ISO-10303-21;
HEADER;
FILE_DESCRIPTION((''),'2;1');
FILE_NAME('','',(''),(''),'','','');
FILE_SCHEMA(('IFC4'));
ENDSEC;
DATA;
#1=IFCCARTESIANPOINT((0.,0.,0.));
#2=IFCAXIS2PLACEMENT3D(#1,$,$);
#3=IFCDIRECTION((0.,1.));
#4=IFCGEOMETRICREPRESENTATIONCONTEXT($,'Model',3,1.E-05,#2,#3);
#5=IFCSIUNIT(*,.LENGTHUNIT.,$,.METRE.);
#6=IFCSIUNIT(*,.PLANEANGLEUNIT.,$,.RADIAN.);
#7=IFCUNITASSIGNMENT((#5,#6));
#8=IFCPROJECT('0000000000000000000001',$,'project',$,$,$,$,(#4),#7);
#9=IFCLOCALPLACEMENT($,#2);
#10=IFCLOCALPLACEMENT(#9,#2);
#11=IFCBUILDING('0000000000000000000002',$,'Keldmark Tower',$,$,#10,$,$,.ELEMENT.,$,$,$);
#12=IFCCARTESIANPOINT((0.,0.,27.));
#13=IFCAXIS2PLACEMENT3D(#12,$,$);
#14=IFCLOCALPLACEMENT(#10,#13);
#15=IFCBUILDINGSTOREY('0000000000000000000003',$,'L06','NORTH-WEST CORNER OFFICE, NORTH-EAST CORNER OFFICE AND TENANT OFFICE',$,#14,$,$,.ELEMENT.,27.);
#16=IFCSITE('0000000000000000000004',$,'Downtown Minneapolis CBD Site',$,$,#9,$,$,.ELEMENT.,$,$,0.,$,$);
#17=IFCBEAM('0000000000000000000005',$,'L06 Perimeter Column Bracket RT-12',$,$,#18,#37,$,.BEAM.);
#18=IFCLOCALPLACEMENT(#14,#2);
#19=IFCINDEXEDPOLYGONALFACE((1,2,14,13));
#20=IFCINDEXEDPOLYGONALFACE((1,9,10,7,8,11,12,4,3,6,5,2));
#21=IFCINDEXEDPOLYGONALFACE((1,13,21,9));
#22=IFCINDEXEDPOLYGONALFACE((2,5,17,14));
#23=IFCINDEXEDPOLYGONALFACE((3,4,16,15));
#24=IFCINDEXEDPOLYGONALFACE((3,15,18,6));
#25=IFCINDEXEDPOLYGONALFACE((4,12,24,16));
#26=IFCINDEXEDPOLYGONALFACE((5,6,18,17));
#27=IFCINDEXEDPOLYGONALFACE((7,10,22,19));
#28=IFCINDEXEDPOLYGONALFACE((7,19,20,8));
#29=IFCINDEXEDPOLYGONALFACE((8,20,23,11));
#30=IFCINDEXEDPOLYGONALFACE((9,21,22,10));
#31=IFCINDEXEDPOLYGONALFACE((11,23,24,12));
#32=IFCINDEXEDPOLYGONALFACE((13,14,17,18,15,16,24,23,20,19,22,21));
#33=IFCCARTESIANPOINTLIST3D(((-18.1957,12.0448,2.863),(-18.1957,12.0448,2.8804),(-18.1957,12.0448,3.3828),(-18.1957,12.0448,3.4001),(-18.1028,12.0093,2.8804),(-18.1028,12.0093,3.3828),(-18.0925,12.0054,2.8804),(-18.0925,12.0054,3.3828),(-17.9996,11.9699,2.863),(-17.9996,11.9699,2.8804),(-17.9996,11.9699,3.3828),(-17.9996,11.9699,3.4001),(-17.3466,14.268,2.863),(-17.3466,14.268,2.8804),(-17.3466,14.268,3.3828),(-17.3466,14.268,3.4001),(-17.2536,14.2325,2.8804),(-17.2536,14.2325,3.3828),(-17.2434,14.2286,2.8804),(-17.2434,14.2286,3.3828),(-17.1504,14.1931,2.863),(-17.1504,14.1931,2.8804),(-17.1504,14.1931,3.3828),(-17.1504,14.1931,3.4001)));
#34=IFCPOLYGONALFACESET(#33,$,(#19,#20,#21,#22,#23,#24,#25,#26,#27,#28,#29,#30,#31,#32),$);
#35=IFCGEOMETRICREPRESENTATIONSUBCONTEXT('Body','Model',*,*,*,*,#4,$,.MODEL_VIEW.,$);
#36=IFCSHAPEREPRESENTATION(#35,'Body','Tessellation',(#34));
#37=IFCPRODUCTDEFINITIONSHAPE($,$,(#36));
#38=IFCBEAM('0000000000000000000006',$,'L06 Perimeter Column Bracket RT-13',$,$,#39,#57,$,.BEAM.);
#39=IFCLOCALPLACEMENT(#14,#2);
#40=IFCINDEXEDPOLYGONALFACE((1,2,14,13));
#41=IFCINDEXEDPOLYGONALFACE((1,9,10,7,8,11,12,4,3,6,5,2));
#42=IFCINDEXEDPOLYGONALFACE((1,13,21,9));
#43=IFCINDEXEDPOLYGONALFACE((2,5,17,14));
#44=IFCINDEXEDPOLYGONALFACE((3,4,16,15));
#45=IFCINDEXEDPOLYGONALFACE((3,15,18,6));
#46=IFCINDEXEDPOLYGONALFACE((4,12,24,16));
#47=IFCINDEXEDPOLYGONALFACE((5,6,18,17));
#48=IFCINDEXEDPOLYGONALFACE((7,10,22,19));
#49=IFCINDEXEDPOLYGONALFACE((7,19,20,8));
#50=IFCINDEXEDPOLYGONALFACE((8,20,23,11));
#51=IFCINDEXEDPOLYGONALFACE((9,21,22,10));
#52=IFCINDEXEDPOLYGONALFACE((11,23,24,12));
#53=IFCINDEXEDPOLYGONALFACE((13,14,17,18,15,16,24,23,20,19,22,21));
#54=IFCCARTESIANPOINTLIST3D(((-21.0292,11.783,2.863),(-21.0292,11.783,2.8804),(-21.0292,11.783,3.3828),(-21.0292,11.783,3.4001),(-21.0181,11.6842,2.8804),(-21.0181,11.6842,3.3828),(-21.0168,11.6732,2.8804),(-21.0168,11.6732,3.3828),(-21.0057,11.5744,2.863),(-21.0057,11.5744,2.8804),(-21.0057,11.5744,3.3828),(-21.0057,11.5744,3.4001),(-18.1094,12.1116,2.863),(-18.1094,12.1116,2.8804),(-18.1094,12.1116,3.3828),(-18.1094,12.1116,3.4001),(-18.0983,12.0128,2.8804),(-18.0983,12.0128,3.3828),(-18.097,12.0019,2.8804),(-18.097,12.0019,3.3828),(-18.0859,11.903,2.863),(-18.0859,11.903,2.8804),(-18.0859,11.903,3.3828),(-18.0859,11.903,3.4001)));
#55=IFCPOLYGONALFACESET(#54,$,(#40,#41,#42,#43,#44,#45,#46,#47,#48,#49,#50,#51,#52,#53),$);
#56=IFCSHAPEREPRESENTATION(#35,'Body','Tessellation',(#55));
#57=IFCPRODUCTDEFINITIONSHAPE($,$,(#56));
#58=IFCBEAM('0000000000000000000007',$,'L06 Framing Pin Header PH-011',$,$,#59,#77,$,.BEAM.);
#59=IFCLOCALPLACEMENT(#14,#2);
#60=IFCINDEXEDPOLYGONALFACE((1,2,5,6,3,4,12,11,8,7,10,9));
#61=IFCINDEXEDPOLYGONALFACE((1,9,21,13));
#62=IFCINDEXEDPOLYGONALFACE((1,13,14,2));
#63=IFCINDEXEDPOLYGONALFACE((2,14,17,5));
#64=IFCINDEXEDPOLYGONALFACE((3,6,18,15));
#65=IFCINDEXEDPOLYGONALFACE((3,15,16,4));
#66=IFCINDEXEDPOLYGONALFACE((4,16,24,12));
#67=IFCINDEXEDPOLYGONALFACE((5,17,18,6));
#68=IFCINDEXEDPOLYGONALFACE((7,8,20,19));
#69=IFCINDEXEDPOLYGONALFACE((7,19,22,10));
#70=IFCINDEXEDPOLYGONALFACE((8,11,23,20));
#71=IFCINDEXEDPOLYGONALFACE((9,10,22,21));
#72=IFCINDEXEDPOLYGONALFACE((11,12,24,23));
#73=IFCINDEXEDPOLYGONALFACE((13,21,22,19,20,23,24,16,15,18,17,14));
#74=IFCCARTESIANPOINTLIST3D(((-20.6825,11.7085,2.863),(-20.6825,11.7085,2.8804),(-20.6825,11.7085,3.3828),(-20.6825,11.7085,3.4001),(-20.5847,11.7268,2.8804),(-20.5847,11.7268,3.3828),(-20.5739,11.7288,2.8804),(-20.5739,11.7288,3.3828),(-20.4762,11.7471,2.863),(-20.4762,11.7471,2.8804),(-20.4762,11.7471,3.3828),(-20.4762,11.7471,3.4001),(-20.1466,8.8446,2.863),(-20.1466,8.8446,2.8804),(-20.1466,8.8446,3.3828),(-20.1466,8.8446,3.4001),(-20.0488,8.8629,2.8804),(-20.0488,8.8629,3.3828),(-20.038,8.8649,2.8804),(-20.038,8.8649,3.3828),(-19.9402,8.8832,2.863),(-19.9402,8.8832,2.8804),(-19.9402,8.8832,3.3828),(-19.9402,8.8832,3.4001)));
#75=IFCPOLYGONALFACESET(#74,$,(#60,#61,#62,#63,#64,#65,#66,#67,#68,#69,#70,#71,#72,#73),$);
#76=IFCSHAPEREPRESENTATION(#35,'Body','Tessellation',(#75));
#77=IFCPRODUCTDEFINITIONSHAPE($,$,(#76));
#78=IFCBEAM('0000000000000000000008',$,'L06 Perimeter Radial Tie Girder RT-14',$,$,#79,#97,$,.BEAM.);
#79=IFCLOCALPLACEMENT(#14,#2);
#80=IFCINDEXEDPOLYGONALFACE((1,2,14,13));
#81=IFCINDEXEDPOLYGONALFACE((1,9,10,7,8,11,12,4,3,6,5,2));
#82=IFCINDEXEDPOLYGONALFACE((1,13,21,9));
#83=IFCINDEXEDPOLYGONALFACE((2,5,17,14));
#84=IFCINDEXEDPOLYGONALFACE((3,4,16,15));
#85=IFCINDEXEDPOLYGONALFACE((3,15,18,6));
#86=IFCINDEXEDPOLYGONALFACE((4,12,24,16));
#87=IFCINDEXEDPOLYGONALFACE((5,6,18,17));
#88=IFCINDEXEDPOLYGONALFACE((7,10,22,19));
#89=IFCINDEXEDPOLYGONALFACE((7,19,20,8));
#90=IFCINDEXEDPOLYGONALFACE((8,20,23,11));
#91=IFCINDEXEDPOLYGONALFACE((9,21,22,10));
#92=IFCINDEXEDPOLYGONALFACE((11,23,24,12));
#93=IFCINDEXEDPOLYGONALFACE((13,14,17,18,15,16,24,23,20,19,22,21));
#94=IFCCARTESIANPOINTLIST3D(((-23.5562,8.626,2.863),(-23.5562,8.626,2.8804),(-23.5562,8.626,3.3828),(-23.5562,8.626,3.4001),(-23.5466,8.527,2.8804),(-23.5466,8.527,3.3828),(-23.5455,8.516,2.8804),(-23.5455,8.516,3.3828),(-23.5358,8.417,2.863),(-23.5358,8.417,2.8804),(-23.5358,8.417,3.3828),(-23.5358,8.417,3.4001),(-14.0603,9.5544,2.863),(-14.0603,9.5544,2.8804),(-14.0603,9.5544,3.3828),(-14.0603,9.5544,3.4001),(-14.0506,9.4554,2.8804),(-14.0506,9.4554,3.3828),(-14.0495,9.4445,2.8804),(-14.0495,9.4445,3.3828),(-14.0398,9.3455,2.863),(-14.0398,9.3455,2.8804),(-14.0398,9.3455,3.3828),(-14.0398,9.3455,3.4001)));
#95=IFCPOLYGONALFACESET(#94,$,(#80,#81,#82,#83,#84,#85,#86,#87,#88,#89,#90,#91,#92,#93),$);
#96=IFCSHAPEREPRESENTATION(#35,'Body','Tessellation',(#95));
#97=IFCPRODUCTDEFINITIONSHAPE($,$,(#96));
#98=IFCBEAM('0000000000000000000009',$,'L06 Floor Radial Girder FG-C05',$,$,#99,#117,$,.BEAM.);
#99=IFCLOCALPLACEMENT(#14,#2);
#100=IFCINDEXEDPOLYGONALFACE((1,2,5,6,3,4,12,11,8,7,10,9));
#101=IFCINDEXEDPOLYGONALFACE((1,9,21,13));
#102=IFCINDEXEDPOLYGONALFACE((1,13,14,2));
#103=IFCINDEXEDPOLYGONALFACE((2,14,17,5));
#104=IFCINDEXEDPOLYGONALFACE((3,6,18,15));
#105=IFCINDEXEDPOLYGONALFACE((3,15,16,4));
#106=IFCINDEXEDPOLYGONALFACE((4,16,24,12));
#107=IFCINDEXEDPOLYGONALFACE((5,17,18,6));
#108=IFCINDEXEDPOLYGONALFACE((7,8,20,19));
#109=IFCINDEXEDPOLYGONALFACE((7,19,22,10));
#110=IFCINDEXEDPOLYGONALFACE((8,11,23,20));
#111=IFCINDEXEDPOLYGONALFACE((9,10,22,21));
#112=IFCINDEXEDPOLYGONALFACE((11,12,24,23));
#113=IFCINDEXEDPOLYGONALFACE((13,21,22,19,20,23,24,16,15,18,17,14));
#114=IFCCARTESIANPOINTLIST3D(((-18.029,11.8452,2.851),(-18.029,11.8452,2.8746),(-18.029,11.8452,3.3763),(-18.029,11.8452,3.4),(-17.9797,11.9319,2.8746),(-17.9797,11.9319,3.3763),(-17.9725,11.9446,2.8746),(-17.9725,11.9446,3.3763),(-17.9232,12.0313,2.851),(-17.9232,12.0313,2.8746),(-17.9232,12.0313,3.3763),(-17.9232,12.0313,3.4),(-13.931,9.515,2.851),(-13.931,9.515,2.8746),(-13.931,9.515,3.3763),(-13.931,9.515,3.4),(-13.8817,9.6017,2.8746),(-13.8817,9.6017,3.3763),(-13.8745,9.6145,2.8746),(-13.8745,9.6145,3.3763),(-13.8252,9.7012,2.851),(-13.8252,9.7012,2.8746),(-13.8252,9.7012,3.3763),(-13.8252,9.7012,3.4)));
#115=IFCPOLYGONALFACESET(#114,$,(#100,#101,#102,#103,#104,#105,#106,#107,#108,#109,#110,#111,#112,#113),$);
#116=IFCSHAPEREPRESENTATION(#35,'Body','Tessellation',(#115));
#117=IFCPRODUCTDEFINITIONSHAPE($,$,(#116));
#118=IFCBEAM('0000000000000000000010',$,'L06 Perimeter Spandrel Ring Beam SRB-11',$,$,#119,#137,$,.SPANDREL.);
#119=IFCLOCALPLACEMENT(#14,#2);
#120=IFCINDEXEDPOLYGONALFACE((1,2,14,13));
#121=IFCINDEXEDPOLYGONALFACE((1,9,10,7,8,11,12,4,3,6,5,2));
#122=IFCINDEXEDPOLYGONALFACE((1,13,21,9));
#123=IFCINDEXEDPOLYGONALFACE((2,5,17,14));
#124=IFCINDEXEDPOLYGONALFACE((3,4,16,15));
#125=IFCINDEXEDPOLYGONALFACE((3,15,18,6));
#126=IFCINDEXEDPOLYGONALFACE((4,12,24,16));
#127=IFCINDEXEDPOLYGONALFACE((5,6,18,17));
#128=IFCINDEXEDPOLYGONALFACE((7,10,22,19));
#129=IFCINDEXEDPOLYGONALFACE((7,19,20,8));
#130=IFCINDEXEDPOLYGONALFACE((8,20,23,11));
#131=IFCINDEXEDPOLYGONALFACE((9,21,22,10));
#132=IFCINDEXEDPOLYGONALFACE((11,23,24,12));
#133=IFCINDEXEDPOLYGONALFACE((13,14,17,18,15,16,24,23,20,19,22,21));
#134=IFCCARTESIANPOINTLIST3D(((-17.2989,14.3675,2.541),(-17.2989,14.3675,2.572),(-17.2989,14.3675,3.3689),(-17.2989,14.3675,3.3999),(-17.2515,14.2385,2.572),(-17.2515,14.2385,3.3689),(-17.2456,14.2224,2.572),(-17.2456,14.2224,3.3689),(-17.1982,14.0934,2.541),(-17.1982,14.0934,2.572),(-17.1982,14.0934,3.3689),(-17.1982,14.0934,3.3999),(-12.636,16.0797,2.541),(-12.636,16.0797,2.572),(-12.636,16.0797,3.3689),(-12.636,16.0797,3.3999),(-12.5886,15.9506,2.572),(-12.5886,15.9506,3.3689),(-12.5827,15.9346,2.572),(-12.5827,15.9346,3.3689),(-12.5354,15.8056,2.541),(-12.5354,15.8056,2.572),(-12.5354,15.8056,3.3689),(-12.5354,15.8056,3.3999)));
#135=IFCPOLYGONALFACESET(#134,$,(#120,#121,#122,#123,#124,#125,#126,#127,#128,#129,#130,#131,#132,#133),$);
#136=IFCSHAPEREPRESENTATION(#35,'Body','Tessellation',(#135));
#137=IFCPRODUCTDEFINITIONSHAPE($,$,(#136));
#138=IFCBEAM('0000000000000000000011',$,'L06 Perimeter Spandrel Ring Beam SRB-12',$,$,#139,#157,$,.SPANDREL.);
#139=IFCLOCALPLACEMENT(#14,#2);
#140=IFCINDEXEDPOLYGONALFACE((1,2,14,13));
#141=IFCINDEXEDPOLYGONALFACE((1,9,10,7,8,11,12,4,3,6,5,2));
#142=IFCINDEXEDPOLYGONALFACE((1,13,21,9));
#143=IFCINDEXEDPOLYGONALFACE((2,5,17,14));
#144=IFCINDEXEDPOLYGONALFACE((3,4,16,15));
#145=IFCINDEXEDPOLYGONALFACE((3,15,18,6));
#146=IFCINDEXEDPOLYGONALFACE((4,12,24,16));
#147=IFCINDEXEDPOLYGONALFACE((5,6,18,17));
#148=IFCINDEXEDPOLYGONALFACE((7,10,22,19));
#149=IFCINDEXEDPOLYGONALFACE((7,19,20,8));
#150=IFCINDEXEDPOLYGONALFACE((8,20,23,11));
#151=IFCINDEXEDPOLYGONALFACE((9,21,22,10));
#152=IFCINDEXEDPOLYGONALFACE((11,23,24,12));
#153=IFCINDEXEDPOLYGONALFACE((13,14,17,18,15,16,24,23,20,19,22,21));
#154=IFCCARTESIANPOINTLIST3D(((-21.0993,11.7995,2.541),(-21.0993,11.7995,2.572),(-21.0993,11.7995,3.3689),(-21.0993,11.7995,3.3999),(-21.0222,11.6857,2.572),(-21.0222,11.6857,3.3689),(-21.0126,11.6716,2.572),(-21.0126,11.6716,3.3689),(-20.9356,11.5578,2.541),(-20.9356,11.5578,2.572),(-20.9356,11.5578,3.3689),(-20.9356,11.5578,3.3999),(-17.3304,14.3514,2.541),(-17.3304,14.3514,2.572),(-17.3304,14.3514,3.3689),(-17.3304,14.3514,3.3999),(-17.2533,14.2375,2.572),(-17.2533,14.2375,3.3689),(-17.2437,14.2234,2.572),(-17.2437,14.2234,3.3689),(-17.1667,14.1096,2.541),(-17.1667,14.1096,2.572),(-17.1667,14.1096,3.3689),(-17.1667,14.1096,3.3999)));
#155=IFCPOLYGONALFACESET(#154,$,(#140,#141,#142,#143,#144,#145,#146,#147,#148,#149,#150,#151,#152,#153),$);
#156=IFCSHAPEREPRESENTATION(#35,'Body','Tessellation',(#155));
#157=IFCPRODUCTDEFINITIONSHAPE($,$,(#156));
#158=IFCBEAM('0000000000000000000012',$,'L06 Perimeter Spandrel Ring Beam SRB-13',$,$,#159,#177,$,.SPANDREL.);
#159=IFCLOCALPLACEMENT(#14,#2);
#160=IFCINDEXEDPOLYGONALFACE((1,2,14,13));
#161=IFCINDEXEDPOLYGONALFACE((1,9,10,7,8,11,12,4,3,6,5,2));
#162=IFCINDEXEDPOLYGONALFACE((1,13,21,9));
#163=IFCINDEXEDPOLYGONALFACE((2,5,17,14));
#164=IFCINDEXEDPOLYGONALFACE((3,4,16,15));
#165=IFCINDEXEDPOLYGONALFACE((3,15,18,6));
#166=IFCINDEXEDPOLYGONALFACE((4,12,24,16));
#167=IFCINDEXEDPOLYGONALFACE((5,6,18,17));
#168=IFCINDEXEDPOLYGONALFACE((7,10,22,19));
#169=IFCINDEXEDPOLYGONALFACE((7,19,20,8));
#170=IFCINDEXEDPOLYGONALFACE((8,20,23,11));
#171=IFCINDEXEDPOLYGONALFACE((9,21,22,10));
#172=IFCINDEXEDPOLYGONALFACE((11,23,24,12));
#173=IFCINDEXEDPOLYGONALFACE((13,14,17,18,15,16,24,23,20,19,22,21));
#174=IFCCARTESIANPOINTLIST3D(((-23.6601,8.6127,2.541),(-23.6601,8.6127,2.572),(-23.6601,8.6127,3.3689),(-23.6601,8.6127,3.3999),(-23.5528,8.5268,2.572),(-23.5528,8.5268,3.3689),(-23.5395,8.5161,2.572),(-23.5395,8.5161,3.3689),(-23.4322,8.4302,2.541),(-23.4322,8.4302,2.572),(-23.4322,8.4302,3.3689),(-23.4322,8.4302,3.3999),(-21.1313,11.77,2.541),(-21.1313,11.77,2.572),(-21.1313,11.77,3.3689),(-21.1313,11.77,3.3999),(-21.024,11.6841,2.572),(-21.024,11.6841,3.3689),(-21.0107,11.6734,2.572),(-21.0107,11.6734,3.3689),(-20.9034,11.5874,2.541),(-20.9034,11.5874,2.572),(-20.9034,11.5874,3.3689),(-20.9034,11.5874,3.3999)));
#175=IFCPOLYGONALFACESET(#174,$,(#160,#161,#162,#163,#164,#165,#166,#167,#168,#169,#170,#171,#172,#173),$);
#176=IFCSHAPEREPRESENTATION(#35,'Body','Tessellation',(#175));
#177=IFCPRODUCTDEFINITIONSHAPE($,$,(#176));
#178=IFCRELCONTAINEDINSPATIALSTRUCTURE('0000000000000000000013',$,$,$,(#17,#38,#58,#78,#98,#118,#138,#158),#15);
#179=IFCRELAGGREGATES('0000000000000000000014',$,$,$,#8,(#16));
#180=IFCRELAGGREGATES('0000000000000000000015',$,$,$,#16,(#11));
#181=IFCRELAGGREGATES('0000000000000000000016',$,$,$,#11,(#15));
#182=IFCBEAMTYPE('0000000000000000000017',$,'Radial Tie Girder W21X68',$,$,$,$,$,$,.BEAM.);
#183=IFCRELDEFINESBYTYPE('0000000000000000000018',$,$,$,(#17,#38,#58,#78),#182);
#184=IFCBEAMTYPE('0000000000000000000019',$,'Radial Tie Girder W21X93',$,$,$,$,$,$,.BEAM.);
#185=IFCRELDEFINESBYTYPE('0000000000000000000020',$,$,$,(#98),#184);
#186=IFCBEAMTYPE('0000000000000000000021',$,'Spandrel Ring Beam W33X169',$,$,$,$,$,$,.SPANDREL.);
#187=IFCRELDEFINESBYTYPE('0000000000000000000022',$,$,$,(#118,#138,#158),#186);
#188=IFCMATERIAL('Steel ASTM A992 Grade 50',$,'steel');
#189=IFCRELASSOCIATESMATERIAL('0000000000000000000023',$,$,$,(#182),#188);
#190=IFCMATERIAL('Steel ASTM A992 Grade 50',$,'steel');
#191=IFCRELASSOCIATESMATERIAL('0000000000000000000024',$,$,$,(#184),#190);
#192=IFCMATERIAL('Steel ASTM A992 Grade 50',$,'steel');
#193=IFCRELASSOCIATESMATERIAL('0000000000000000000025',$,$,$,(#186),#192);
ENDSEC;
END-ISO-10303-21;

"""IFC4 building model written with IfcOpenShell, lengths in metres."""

from ifc_helpers import new_model, si_unit, direction, frame, origin, origin_2d, place, context, subcontext, project, spatial, i_section, extrude, material, material_profile, profile_set, type_object, element, save


model = new_model("IFC4")

# Units and contexts
model_context = context("Model", 3, precision=1e-05, world=origin(), true_north=direction((0.0, 1.0)))
body_context = subcontext(model_context, "Body", "Model", "MODEL_VIEW")
ifc_project = project(units=[si_unit("LENGTHUNIT", "METRE"), si_unit("PLANEANGLEUNIT", "RADIAN")], contexts=[model_context])

# Site, building, storey
site_placement = place(None, origin())
site = spatial("IfcSite", under=ifc_project, at=site_placement, Name="Downtown Minneapolis CBD Site", CompositionType="ELEMENT", RefElevation=0.0)
building_placement = place(site_placement, origin())
building = spatial("IfcBuilding", under=site, at=building_placement, Name="Keldmark Tower", CompositionType="ELEMENT")
storey_placement = place(building_placement, frame((0.0, 0.0, 27.0)))
storey = spatial("IfcBuildingStorey", under=building, at=storey_placement, Name="L06", Description="NORTH-WEST CORNER OFFICE, NORTH-EAST CORNER OFFICE AND TENANT OFFICE", CompositionType="ELEMENT", Elevation=27.0)

# Beams
ifc_material_1 = material(Name="Steel ASTM A992 Grade 50", Category="steel")
ifc_material_profile_1 = material_profile(ifc_material_1, i_section(OverallWidth=0.21, OverallDepth=0.5371, WebThickness=0.011, FlangeThickness=0.0173, at=origin_2d()), Name="W21X68")
ifc_profile_set_1 = profile_set([ifc_material_profile_1], Name="Steel ASTM A992 Grade 50")
beam_type_1 = type_object("IfcBeamType", Name="Radial Tie Girder W21X68", PredefinedType="BEAM", material=ifc_profile_set_1)
beam_1_placement = place(storey_placement, frame((-18.0977, 12.0073, 3.1316), z_axis=(0.356806, 0.934179, 0.0), x_axis=(-0.934179, 0.356806, 0.0)))
element("IfcBeam", 1, at=beam_1_placement, inside=storey, type_object=beam_type_1, Name="L06 Perimeter Column Bracket RT-12", PredefinedType="BEAM", context=body_context, shape_type="SweptSolid", body=[
    extrude(i_section(OverallWidth=0.21, OverallDepth=0.5371, WebThickness=0.011, FlangeThickness=0.0173, at=origin_2d()), origin(), (0.0, 0.0, 1.0), 2.3799),
])
beam_2_placement = place(storey_placement, frame((-18.0977, 12.0073, 3.1316), z_axis=(-0.993726, -0.111845, 0.0), x_axis=(0.111845, -0.993726, 0.0)))
element("IfcBeam", 2, at=beam_2_placement, inside=storey, type_object=beam_type_1, Name="L06 Perimeter Column Bracket RT-13", PredefinedType="BEAM", context=body_context, shape_type="SweptSolid", body=[
    extrude(i_section(OverallWidth=0.21, OverallDepth=0.5371, WebThickness=0.011, FlangeThickness=0.0173, at=origin_2d()), origin(), (0.0, 0.0, 1.0), 2.9382),
])
beam_3_placement = place(storey_placement, frame((-20.5793, 11.7278, 3.1316), z_axis=(0.183934, -0.982939, 0.0), x_axis=(0.982939, 0.183934, 0.0)))
element("IfcBeam", 3, at=beam_3_placement, inside=storey, type_object=beam_type_1, Name="L06 Framing Pin Header PH-011", PredefinedType="BEAM", context=body_context, shape_type="SweptSolid", body=[
    extrude(i_section(OverallWidth=0.21, OverallDepth=0.5371, WebThickness=0.011, FlangeThickness=0.0173, at=origin_2d()), origin(), (0.0, 0.0, 1.0), 2.9136),
])
beam_4_placement = place(storey_placement, frame((-14.05, 9.45, 3.1316), z_axis=(-0.995254, -0.09731, 0.0), x_axis=(0.09731, -0.995254, 0.0)))
element("IfcBeam", 4, at=beam_4_placement, inside=storey, type_object=beam_type_1, Name="L06 Perimeter Radial Tie Girder RT-14", PredefinedType="BEAM", context=body_context, shape_type="SweptSolid", body=[
    extrude(i_section(OverallWidth=0.21, OverallDepth=0.5371, WebThickness=0.011, FlangeThickness=0.0173, at=origin_2d()), origin(), (0.0, 0.0, 1.0), 9.5413),
])
ifc_material_2 = material(Name="Steel ASTM A992 Grade 50", Category="steel")
ifc_material_profile_2 = material_profile(ifc_material_2, i_section(OverallWidth=0.2141, OverallDepth=0.5491, WebThickness=0.0146, FlangeThickness=0.0237, at=origin_2d()), Name="W21X93")
ifc_profile_set_2 = profile_set([ifc_material_profile_2], Name="Steel ASTM A992 Grade 50")
beam_type_2 = type_object("IfcBeamType", Name="Radial Tie Girder W21X93", PredefinedType="BEAM", material=ifc_profile_set_2)
beam_5_placement = place(storey_placement, frame((-17.9761, 11.9382, 3.1255), z_axis=(0.869299, -0.494286, 0.0), x_axis=(0.494286, 0.869299, 0.0)))
element("IfcBeam", 5, at=beam_5_placement, inside=storey, type_object=beam_type_2, Name="L06 Floor Radial Girder FG-C05", PredefinedType="BEAM", context=body_context, shape_type="SweptSolid", body=[
    extrude(i_section(OverallWidth=0.2141, OverallDepth=0.5491, WebThickness=0.0146, FlangeThickness=0.0237, at=origin_2d()), origin(), (0.0, 0.0, 1.0), 4.7141),
])
ifc_material_3 = material(Name="Steel ASTM A992 Grade 50", Category="steel")
ifc_material_profile_3 = material_profile(ifc_material_3, i_section(OverallWidth=0.292, OverallDepth=0.8589, WebThickness=0.0171, FlangeThickness=0.031, at=origin_2d()), Name="W33X169")
ifc_profile_set_3 = profile_set([ifc_material_profile_3], Name="Steel ASTM A992 Grade 50")
beam_type_3 = type_object("IfcBeamType", Name="Spandrel Ring Beam W33X169", PredefinedType="SPANDREL", material=ifc_profile_set_3)
beam_6_placement = place(storey_placement, frame((-12.5857, 15.9426, 2.9705), z_axis=(-0.938717, -0.344689, 0.0), x_axis=(0.344689, -0.938717, 0.0)))
element("IfcBeam", 6, at=beam_6_placement, inside=storey, type_object=beam_type_3, Name="L06 Perimeter Spandrel Ring Beam SRB-11", PredefinedType="SPANDREL", context=body_context, shape_type="SweptSolid", body=[
    extrude(i_section(OverallWidth=0.292, OverallDepth=0.8589, WebThickness=0.0171, FlangeThickness=0.031, at=origin_2d()), origin(), (0.0, 0.0, 1.0), 4.9673),
])
beam_7_placement = place(storey_placement, frame((-17.2485, 14.2305, 2.9705), z_axis=(-0.828051, -0.560652, 0.0), x_axis=(0.560652, -0.828051, 0.0)))
element("IfcBeam", 7, at=beam_7_placement, inside=storey, type_object=beam_type_3, Name="L06 Perimeter Spandrel Ring Beam SRB-12", PredefinedType="SPANDREL", context=body_context, shape_type="SweptSolid", body=[
    extrude(i_section(OverallWidth=0.292, OverallDepth=0.8589, WebThickness=0.0171, FlangeThickness=0.031, at=origin_2d()), origin(), (0.0, 0.0, 1.0), 4.5515),
])
beam_8_placement = place(storey_placement, frame((-21.0173, 11.6787, 2.9705), z_axis=(-0.625151, -0.780504, 0.0), x_axis=(0.780504, -0.625151, 0.0)))
element("IfcBeam", 8, at=beam_8_placement, inside=storey, type_object=beam_type_3, Name="L06 Perimeter Spandrel Ring Beam SRB-13", PredefinedType="SPANDREL", context=body_context, shape_type="SweptSolid", body=[
    extrude(i_section(OverallWidth=0.292, OverallDepth=0.8589, WebThickness=0.0171, FlangeThickness=0.031, at=origin_2d()), origin(), (0.0, 0.0, 1.0), 4.0452),
])

save(model, "model.ifc")
